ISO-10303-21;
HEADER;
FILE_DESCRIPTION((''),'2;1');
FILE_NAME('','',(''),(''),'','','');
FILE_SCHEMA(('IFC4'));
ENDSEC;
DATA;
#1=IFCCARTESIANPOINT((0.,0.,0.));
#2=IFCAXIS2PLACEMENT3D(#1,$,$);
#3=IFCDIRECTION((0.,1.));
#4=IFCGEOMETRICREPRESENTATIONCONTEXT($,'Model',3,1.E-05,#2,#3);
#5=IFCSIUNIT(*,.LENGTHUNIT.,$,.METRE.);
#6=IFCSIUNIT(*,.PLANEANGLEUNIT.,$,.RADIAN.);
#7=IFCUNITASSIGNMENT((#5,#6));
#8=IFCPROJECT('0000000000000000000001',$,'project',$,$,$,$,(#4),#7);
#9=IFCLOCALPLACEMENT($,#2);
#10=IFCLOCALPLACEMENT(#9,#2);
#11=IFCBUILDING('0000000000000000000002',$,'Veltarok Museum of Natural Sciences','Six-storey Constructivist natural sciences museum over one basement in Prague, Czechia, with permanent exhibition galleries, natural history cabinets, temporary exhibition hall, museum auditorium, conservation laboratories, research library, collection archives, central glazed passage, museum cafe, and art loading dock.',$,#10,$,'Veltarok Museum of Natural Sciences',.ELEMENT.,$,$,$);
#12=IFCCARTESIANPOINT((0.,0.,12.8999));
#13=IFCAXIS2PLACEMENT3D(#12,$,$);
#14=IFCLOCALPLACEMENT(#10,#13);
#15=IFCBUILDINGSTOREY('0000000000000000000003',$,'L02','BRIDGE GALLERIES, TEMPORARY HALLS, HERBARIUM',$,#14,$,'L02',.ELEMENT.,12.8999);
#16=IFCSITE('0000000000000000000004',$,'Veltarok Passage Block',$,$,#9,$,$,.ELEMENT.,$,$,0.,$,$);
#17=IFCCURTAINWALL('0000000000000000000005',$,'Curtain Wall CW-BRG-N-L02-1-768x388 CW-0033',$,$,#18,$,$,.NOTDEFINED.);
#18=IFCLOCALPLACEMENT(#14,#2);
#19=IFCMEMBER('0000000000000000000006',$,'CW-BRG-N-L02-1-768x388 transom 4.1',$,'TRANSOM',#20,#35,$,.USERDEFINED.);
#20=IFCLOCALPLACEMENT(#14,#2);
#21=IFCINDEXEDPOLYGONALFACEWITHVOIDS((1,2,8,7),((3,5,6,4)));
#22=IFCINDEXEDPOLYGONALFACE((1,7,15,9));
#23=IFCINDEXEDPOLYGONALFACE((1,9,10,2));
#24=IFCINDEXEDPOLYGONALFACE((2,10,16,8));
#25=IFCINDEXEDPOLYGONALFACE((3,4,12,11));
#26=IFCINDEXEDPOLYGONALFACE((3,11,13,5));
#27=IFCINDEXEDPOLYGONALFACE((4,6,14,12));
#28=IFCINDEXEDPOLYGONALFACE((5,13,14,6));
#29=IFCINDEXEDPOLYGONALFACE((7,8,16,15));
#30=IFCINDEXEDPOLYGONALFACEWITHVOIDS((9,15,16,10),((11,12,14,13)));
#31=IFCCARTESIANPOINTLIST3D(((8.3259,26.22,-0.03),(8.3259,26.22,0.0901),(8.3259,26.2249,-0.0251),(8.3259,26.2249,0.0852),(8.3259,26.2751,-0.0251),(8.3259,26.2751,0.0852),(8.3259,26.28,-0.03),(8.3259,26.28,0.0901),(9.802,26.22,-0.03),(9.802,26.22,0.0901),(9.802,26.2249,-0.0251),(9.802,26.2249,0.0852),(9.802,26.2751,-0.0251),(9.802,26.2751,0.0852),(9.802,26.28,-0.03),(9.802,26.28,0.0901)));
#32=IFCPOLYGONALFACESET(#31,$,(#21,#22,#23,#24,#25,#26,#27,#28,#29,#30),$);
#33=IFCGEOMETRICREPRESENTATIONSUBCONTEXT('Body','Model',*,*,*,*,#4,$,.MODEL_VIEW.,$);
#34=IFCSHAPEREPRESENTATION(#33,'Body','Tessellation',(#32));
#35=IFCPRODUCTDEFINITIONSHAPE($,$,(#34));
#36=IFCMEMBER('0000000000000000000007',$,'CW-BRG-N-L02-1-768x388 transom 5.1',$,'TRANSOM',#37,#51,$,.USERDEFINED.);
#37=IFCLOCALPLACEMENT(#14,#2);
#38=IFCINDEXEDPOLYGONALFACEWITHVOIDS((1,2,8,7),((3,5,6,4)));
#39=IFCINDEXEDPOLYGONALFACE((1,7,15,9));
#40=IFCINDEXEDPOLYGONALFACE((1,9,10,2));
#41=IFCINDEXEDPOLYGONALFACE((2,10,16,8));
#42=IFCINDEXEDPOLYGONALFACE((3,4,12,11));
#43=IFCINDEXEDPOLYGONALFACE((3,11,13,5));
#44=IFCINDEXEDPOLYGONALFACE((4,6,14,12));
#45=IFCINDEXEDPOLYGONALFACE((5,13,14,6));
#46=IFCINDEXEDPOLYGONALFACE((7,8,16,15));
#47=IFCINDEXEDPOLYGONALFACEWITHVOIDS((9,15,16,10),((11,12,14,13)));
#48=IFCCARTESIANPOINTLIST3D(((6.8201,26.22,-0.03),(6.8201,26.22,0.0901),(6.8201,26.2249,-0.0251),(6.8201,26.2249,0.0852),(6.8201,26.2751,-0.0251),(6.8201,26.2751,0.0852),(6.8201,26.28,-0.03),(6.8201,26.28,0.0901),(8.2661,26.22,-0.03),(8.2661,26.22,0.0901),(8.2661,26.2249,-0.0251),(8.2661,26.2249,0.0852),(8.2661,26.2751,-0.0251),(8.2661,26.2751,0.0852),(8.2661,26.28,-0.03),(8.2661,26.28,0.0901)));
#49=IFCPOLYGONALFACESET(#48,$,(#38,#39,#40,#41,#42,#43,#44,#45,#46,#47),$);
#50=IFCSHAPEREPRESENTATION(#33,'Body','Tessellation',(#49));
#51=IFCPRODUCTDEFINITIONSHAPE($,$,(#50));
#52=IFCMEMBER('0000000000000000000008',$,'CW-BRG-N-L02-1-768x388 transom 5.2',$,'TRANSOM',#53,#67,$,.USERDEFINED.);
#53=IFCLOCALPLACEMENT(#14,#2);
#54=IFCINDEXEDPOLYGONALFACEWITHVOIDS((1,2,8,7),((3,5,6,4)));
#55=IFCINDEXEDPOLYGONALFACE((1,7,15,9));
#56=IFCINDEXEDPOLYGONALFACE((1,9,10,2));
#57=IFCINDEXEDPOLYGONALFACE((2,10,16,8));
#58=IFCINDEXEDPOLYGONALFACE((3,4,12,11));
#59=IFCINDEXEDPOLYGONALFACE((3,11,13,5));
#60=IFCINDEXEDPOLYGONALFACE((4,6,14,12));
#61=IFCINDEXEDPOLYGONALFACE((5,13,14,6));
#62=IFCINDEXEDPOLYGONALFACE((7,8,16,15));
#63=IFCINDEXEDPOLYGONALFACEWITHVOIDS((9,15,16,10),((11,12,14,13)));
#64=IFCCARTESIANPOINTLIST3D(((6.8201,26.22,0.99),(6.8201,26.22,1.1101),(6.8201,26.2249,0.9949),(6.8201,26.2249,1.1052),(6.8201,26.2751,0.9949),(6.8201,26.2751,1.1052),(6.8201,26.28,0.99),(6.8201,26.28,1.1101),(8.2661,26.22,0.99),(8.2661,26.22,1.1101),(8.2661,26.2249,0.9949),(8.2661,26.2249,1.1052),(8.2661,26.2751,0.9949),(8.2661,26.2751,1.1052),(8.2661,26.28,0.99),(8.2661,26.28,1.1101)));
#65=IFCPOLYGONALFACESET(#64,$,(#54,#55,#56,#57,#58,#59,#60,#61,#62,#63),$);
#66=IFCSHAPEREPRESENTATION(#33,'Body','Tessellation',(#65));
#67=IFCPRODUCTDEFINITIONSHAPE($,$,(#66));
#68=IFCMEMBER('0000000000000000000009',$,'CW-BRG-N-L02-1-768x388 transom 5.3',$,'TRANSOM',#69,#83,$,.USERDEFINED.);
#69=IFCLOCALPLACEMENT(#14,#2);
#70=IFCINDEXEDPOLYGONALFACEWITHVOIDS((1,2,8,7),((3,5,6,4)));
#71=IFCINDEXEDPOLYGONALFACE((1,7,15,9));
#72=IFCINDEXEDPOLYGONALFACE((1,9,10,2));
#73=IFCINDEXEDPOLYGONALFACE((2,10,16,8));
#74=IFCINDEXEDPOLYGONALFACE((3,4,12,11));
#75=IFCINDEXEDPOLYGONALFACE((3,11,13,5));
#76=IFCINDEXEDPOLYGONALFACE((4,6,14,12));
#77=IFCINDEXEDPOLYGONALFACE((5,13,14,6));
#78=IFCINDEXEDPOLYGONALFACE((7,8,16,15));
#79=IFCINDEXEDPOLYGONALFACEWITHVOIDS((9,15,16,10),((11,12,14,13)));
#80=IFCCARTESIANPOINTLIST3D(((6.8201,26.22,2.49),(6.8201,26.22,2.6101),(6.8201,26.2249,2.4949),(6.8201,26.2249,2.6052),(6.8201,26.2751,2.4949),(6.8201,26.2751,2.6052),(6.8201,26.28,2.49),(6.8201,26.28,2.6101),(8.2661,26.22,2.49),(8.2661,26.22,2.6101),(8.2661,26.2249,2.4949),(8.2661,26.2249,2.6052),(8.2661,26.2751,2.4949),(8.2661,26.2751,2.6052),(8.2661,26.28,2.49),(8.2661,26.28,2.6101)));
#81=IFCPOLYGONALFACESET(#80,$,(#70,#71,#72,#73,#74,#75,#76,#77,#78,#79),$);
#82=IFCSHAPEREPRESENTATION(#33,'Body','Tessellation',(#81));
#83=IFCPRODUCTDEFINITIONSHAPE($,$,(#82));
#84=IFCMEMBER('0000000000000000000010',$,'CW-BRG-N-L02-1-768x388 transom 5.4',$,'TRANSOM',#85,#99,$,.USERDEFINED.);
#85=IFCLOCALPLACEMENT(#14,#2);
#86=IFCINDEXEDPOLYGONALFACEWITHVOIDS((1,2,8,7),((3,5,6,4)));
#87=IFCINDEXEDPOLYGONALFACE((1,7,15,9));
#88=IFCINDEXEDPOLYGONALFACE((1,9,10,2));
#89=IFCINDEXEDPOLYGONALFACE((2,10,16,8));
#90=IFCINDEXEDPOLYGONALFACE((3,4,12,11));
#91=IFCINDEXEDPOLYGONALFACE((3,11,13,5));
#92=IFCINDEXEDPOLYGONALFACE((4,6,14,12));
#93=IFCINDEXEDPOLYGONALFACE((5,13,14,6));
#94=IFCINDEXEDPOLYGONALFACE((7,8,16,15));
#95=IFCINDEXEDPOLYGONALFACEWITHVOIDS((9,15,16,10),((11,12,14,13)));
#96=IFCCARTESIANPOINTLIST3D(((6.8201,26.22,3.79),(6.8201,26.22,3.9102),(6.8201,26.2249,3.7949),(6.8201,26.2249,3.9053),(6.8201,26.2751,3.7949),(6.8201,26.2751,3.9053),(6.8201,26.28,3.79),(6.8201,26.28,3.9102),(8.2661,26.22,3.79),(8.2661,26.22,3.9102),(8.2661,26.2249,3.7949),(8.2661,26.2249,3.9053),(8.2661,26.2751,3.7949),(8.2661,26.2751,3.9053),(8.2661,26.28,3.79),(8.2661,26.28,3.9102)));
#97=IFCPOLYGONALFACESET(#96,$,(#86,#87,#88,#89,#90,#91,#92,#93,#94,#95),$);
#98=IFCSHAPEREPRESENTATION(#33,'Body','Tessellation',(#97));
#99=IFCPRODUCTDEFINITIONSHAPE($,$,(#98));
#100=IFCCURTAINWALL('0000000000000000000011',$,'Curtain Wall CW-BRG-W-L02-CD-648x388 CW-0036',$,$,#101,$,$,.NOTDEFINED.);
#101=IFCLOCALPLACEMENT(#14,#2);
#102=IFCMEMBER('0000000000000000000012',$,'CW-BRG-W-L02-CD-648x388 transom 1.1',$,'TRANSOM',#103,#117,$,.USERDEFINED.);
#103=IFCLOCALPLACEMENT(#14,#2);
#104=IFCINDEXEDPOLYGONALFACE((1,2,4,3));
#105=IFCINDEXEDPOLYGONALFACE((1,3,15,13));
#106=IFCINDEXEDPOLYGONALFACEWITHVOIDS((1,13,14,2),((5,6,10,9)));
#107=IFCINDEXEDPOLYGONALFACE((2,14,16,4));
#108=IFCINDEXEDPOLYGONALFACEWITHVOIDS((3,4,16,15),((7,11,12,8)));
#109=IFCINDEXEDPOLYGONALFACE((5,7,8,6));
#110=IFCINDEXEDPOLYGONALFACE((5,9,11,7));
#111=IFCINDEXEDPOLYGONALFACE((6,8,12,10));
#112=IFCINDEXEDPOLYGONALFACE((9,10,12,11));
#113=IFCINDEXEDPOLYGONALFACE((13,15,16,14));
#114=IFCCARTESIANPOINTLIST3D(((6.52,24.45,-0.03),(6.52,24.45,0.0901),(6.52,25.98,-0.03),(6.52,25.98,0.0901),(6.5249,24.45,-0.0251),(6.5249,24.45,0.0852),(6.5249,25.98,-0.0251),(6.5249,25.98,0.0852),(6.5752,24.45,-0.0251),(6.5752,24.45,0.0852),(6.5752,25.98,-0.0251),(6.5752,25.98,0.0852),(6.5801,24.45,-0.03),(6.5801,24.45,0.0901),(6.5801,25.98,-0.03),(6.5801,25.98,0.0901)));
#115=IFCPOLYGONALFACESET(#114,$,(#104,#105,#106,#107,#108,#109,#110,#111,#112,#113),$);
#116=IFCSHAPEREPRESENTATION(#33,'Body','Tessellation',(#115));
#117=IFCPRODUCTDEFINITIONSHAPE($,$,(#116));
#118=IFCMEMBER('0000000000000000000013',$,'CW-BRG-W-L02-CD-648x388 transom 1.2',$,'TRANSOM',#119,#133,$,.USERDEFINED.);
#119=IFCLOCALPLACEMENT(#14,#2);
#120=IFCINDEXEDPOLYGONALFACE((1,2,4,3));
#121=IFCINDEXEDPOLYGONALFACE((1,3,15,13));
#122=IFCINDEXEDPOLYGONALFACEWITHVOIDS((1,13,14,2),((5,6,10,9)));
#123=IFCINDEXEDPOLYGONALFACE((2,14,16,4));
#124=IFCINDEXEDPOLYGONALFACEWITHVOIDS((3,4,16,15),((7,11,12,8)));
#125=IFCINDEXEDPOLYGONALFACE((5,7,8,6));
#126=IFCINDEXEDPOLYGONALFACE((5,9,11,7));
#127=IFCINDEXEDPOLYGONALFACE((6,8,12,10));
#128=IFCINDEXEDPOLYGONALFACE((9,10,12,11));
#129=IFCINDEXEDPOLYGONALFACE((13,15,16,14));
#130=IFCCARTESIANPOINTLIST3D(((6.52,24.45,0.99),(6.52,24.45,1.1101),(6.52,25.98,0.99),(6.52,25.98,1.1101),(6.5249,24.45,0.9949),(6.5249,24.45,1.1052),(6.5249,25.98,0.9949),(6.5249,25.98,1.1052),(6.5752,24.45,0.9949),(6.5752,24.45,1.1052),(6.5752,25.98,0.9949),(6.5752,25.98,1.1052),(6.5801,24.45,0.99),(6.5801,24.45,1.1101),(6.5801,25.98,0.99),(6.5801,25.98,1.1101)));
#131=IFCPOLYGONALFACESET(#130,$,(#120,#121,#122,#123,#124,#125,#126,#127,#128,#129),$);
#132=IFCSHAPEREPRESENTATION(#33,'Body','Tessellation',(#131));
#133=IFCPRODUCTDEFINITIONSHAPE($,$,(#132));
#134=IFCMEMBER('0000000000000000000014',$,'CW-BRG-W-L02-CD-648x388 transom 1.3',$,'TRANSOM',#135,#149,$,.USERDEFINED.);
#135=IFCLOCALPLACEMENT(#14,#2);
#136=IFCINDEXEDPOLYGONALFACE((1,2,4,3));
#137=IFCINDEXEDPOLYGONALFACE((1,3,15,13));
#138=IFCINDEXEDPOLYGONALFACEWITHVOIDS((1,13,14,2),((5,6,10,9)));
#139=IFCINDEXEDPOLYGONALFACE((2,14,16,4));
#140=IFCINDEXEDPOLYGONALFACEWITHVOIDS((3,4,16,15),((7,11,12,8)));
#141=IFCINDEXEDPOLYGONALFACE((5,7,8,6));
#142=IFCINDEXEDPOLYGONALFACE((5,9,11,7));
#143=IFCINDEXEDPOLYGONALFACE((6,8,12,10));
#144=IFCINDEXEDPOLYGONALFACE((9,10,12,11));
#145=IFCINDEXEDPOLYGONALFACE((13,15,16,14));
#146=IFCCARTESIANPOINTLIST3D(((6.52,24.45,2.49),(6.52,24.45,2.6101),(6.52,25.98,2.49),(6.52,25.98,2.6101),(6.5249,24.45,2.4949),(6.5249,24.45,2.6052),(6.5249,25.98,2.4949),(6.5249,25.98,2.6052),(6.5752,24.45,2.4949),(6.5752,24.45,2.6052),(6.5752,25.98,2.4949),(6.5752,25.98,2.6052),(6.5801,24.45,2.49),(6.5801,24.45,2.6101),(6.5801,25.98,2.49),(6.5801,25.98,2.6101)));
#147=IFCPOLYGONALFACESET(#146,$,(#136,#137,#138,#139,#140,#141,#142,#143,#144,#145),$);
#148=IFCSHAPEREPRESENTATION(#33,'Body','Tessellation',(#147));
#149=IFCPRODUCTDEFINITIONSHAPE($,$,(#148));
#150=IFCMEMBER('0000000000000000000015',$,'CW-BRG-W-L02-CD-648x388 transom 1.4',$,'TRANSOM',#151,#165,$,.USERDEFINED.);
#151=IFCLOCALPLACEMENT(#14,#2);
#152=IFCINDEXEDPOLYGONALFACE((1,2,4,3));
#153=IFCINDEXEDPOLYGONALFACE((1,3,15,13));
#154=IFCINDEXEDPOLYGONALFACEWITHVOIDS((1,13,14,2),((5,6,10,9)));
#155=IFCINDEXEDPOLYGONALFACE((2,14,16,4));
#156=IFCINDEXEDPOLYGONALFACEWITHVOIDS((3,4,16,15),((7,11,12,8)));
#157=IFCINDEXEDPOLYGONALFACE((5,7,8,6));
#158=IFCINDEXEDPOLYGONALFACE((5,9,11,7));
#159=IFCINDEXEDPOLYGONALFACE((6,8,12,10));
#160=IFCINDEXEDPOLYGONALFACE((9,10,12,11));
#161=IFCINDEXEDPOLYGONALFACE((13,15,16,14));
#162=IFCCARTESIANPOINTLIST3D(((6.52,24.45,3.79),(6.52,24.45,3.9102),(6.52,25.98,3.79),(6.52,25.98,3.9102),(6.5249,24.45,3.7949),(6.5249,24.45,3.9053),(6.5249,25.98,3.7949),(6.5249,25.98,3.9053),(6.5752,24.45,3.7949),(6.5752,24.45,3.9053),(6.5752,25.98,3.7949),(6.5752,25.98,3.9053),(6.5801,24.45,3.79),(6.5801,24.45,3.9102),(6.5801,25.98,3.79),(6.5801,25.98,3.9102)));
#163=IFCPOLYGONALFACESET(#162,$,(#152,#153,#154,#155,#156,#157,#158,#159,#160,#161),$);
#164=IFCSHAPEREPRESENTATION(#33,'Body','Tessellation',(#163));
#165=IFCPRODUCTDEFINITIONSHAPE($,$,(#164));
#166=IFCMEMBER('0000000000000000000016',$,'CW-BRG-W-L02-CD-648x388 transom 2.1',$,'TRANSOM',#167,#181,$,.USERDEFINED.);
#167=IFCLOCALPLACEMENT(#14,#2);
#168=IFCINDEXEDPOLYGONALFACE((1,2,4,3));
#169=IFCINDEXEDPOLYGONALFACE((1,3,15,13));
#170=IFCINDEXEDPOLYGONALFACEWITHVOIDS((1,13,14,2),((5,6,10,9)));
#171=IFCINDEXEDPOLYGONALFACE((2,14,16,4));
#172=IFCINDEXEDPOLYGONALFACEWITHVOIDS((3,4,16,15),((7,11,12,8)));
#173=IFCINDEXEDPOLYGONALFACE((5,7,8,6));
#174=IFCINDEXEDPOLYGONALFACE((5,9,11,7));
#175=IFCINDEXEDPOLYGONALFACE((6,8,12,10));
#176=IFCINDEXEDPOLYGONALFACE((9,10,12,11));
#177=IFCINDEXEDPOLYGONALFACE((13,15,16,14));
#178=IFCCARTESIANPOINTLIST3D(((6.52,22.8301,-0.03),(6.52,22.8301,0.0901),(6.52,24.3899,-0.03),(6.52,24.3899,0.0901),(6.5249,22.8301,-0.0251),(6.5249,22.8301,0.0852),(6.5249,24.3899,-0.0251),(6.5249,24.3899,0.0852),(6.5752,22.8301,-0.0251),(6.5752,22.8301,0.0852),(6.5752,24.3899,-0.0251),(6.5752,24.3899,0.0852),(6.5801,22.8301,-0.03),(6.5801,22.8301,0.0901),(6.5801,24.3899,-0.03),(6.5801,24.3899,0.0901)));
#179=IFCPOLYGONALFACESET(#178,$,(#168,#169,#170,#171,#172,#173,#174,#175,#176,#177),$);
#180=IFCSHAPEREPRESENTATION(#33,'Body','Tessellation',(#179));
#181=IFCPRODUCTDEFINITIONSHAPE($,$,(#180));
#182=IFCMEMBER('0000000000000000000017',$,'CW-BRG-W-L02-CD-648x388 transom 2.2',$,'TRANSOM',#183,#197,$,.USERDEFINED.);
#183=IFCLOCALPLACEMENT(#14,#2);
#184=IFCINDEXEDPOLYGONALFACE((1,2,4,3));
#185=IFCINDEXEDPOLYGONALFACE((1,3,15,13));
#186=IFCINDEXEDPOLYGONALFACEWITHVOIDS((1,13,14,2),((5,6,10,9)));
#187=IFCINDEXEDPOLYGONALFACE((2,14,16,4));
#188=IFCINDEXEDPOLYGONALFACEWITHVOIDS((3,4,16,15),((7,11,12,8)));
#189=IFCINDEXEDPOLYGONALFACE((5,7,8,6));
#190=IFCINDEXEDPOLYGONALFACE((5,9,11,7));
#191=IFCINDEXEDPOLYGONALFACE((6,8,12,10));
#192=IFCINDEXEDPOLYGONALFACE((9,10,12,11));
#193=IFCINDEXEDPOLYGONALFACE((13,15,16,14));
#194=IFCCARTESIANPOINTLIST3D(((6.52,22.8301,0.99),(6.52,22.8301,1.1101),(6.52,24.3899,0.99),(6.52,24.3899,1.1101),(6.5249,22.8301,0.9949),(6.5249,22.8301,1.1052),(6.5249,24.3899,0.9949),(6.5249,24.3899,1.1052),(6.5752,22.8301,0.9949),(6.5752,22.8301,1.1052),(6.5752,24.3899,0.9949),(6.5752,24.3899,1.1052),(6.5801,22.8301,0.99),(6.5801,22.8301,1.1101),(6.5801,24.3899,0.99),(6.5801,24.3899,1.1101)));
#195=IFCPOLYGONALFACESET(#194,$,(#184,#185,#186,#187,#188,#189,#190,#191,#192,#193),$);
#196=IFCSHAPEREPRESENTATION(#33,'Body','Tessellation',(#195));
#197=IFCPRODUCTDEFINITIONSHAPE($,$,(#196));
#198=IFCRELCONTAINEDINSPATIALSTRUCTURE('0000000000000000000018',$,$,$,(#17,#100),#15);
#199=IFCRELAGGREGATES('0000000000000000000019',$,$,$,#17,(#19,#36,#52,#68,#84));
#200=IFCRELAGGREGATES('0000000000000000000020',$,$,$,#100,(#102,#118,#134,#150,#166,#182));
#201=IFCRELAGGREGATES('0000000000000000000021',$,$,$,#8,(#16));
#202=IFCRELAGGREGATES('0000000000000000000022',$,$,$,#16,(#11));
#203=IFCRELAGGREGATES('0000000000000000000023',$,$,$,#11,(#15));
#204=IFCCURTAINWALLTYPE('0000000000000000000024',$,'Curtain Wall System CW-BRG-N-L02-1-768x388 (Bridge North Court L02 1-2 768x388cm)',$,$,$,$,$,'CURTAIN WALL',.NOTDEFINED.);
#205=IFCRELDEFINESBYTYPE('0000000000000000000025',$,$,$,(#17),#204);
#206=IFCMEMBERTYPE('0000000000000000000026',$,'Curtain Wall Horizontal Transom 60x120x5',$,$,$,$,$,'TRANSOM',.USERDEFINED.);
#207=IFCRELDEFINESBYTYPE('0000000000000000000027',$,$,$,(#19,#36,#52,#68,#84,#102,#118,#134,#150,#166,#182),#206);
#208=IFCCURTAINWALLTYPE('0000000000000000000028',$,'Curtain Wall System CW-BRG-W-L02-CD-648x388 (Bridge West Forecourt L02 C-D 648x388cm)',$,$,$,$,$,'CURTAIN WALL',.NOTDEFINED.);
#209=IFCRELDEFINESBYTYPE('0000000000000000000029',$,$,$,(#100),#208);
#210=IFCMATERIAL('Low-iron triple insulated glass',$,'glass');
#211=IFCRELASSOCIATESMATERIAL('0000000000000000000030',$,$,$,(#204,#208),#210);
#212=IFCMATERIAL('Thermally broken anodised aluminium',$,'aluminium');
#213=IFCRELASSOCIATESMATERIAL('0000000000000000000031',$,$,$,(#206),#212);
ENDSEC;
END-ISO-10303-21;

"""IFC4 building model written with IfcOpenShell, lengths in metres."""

from ifc_helpers import new_model, si_unit, direction, frame, origin, origin_2d, place, context, subcontext, project, spatial, hollow_rectangle, extrude, material, material_profile, profile_set, type_object, element, aggregate, save


model = new_model("IFC4")

# Units and contexts
model_context = context("Model", 3, precision=1e-05, world=origin(), true_north=direction((0.0, 1.0)))
body_context = subcontext(model_context, "Body", "Model", "MODEL_VIEW")
ifc_project = project(units=[si_unit("LENGTHUNIT", "METRE"), si_unit("PLANEANGLEUNIT", "RADIAN")], contexts=[model_context])

# Site, building, storey
site_placement = place(None, origin())
site = spatial("IfcSite", under=ifc_project, at=site_placement, Name="Veltarok Passage Block", CompositionType="ELEMENT", RefElevation=0.0)
building_placement = place(site_placement, origin())
building = spatial("IfcBuilding", under=site, at=building_placement, Name="Veltarok Museum of Natural Sciences", Description="Six-storey Constructivist natural sciences museum over one basement in Prague, Czechia, with permanent exhibition galleries, natural history cabinets, temporary exhibition hall, museum auditorium, conservation laboratories, research library, collection archives, central glazed passage, museum cafe, and art loading dock.", LongName="Veltarok Museum of Natural Sciences", CompositionType="ELEMENT")
storey_placement = place(building_placement, frame((0.0, 0.0, 12.8999)))
storey = spatial("IfcBuildingStorey", under=building, at=storey_placement, Name="L02", Description="BRIDGE GALLERIES, TEMPORARY HALLS, HERBARIUM", LongName="L02", CompositionType="ELEMENT", Elevation=12.8999)

# Curtain walls, members
ifc_material_1 = material(Name="Low-iron triple insulated glass", Category="glass")
curtain_wall_type_1 = type_object("IfcCurtainWallType", Name="Curtain Wall System CW-BRG-N-L02-1-768x388 (Bridge North Court L02 1-2 768x388cm)", ElementType="CURTAIN WALL", PredefinedType="NOTDEFINED", material=ifc_material_1)
curtain_wall_1_placement = place(storey_placement, origin())
curtain_wall_1 = element("IfcCurtainWall", 1, at=curtain_wall_1_placement, inside=storey, type_object=curtain_wall_type_1, Name="Curtain Wall CW-BRG-N-L02-1-768x388 CW-0033", PredefinedType="NOTDEFINED")
ifc_material_2 = material(Name="Thermally broken anodised aluminium", Category="aluminium")
ifc_material_profile_1 = material_profile(ifc_material_2, hollow_rectangle(XDim=0.0601, YDim=0.1201, WallThickness=0.0049, at=origin_2d()), Name="CW TRANSOM 60x120x5")
ifc_profile_set_1 = profile_set([ifc_material_profile_1], Name="Thermally broken anodised aluminium")
member_type_1 = type_object("IfcMemberType", Name="Curtain Wall Horizontal Transom 60x120x5", ElementType="TRANSOM", PredefinedType="USERDEFINED", material=ifc_profile_set_1)
member_1_placement = place(storey_placement, frame((9.802, 26.25, 0.03), z_axis=(-1.0, 0.0, 0.0), x_axis=(0.0, -1.0, 0.0)))
member_1 = element("IfcMember", 2, at=member_1_placement, type_object=member_type_1, Name="CW-BRG-N-L02-1-768x388 transom 4.1", ObjectType="TRANSOM", PredefinedType="USERDEFINED", context=body_context, shape_type="SweptSolid", body=[
    extrude(hollow_rectangle(XDim=0.0601, YDim=0.1201, WallThickness=0.0049, at=origin_2d()), origin(), (0.0, 0.0, 1.0), 1.4761),
])
member_2_placement = place(storey_placement, frame((8.2661, 26.25, 0.03), z_axis=(-1.0, 0.0, 0.0), x_axis=(0.0, -1.0, 0.0)))
member_2 = element("IfcMember", 3, at=member_2_placement, type_object=member_type_1, Name="CW-BRG-N-L02-1-768x388 transom 5.1", ObjectType="TRANSOM", PredefinedType="USERDEFINED", context=body_context, shape_type="SweptSolid", body=[
    extrude(hollow_rectangle(XDim=0.0601, YDim=0.1201, WallThickness=0.0049, at=origin_2d()), origin(), (0.0, 0.0, 1.0), 1.446),
])
member_3_placement = place(storey_placement, frame((8.2661, 26.25, 1.05), z_axis=(-1.0, 0.0, 0.0), x_axis=(0.0, -1.0, 0.0)))
member_3 = element("IfcMember", 4, at=member_3_placement, type_object=member_type_1, Name="CW-BRG-N-L02-1-768x388 transom 5.2", ObjectType="TRANSOM", PredefinedType="USERDEFINED", context=body_context, shape_type="SweptSolid", body=[
    extrude(hollow_rectangle(XDim=0.0601, YDim=0.1201, WallThickness=0.0049, at=origin_2d()), origin(), (0.0, 0.0, 1.0), 1.446),
])
member_4_placement = place(storey_placement, frame((8.2661, 26.25, 2.55), z_axis=(-1.0, 0.0, 0.0), x_axis=(0.0, -1.0, 0.0)))
member_4 = element("IfcMember", 5, at=member_4_placement, type_object=member_type_1, Name="CW-BRG-N-L02-1-768x388 transom 5.3", ObjectType="TRANSOM", PredefinedType="USERDEFINED", context=body_context, shape_type="SweptSolid", body=[
    extrude(hollow_rectangle(XDim=0.0601, YDim=0.1201, WallThickness=0.0049, at=origin_2d()), origin(), (0.0, 0.0, 1.0), 1.446),
])
member_5_placement = place(storey_placement, frame((8.2661, 26.25, 3.8501), z_axis=(-1.0, 0.0, 0.0), x_axis=(0.0, -1.0, 0.0)))
member_5 = element("IfcMember", 6, at=member_5_placement, type_object=member_type_1, Name="CW-BRG-N-L02-1-768x388 transom 5.4", ObjectType="TRANSOM", PredefinedType="USERDEFINED", context=body_context, shape_type="SweptSolid", body=[
    extrude(hollow_rectangle(XDim=0.0601, YDim=0.1201, WallThickness=0.0049, at=origin_2d()), origin(), (0.0, 0.0, 1.0), 1.446),
])
curtain_wall_type_2 = type_object("IfcCurtainWallType", Name="Curtain Wall System CW-BRG-W-L02-CD-648x388 (Bridge West Forecourt L02 C-D 648x388cm)", ElementType="CURTAIN WALL", PredefinedType="NOTDEFINED", material=ifc_material_1)
curtain_wall_2_placement = place(storey_placement, origin())
curtain_wall_2 = element("IfcCurtainWall", 7, at=curtain_wall_2_placement, inside=storey, type_object=curtain_wall_type_2, Name="Curtain Wall CW-BRG-W-L02-CD-648x388 CW-0036", PredefinedType="NOTDEFINED")
member_6_placement = place(storey_placement, frame((6.55, 25.98, 0.03), z_axis=(0.0, -1.0, 0.0), x_axis=(1.0, 0.0, 0.0)))
member_6 = element("IfcMember", 8, at=member_6_placement, type_object=member_type_1, Name="CW-BRG-W-L02-CD-648x388 transom 1.1", ObjectType="TRANSOM", PredefinedType="USERDEFINED", context=body_context, shape_type="SweptSolid", body=[
    extrude(hollow_rectangle(XDim=0.0601, YDim=0.1201, WallThickness=0.0049, at=origin_2d()), origin(), (0.0, 0.0, 1.0), 1.53),
])
member_7_placement = place(storey_placement, frame((6.55, 25.98, 1.05), z_axis=(0.0, -1.0, 0.0), x_axis=(1.0, 0.0, 0.0)))
member_7 = element("IfcMember", 9, at=member_7_placement, type_object=member_type_1, Name="CW-BRG-W-L02-CD-648x388 transom 1.2", ObjectType="TRANSOM", PredefinedType="USERDEFINED", context=body_context, shape_type="SweptSolid", body=[
    extrude(hollow_rectangle(XDim=0.0601, YDim=0.1201, WallThickness=0.0049, at=origin_2d()), origin(), (0.0, 0.0, 1.0), 1.53),
])
member_8_placement = place(storey_placement, frame((6.55, 25.98, 2.55), z_axis=(0.0, -1.0, 0.0), x_axis=(1.0, 0.0, 0.0)))
member_8 = element("IfcMember", 10, at=member_8_placement, type_object=member_type_1, Name="CW-BRG-W-L02-CD-648x388 transom 1.3", ObjectType="TRANSOM", PredefinedType="USERDEFINED", context=body_context, shape_type="SweptSolid", body=[
    extrude(hollow_rectangle(XDim=0.0601, YDim=0.1201, WallThickness=0.0049, at=origin_2d()), origin(), (0.0, 0.0, 1.0), 1.53),
])
member_9_placement = place(storey_placement, frame((6.55, 25.98, 3.8501), z_axis=(0.0, -1.0, 0.0), x_axis=(1.0, 0.0, 0.0)))
member_9 = element("IfcMember", 11, at=member_9_placement, type_object=member_type_1, Name="CW-BRG-W-L02-CD-648x388 transom 1.4", ObjectType="TRANSOM", PredefinedType="USERDEFINED", context=body_context, shape_type="SweptSolid", body=[
    extrude(hollow_rectangle(XDim=0.0601, YDim=0.1201, WallThickness=0.0049, at=origin_2d()), origin(), (0.0, 0.0, 1.0), 1.53),
])
member_10_placement = place(storey_placement, frame((6.55, 24.3899, 0.03), z_axis=(0.0, -1.0, 0.0), x_axis=(1.0, 0.0, 0.0)))
member_10 = element("IfcMember", 12, at=member_10_placement, type_object=member_type_1, Name="CW-BRG-W-L02-CD-648x388 transom 2.1", ObjectType="TRANSOM", PredefinedType="USERDEFINED", context=body_context, shape_type="SweptSolid", body=[
    extrude(hollow_rectangle(XDim=0.0601, YDim=0.1201, WallThickness=0.0049, at=origin_2d()), origin(), (0.0, 0.0, 1.0), 1.5598),
])
member_11_placement = place(storey_placement, frame((6.55, 24.3899, 1.05), z_axis=(0.0, -1.0, 0.0), x_axis=(1.0, 0.0, 0.0)))
member_11 = element("IfcMember", 13, at=member_11_placement, type_object=member_type_1, Name="CW-BRG-W-L02-CD-648x388 transom 2.2", ObjectType="TRANSOM", PredefinedType="USERDEFINED", context=body_context, shape_type="SweptSolid", body=[
    extrude(hollow_rectangle(XDim=0.0601, YDim=0.1201, WallThickness=0.0049, at=origin_2d()), origin(), (0.0, 0.0, 1.0), 1.5598),
])

aggregate(curtain_wall_1, [member_1, member_2, member_3, member_4, member_5])
aggregate(curtain_wall_2, [member_6, member_7, member_8, member_9, member_10, member_11])

save(model, "model.ifc")
